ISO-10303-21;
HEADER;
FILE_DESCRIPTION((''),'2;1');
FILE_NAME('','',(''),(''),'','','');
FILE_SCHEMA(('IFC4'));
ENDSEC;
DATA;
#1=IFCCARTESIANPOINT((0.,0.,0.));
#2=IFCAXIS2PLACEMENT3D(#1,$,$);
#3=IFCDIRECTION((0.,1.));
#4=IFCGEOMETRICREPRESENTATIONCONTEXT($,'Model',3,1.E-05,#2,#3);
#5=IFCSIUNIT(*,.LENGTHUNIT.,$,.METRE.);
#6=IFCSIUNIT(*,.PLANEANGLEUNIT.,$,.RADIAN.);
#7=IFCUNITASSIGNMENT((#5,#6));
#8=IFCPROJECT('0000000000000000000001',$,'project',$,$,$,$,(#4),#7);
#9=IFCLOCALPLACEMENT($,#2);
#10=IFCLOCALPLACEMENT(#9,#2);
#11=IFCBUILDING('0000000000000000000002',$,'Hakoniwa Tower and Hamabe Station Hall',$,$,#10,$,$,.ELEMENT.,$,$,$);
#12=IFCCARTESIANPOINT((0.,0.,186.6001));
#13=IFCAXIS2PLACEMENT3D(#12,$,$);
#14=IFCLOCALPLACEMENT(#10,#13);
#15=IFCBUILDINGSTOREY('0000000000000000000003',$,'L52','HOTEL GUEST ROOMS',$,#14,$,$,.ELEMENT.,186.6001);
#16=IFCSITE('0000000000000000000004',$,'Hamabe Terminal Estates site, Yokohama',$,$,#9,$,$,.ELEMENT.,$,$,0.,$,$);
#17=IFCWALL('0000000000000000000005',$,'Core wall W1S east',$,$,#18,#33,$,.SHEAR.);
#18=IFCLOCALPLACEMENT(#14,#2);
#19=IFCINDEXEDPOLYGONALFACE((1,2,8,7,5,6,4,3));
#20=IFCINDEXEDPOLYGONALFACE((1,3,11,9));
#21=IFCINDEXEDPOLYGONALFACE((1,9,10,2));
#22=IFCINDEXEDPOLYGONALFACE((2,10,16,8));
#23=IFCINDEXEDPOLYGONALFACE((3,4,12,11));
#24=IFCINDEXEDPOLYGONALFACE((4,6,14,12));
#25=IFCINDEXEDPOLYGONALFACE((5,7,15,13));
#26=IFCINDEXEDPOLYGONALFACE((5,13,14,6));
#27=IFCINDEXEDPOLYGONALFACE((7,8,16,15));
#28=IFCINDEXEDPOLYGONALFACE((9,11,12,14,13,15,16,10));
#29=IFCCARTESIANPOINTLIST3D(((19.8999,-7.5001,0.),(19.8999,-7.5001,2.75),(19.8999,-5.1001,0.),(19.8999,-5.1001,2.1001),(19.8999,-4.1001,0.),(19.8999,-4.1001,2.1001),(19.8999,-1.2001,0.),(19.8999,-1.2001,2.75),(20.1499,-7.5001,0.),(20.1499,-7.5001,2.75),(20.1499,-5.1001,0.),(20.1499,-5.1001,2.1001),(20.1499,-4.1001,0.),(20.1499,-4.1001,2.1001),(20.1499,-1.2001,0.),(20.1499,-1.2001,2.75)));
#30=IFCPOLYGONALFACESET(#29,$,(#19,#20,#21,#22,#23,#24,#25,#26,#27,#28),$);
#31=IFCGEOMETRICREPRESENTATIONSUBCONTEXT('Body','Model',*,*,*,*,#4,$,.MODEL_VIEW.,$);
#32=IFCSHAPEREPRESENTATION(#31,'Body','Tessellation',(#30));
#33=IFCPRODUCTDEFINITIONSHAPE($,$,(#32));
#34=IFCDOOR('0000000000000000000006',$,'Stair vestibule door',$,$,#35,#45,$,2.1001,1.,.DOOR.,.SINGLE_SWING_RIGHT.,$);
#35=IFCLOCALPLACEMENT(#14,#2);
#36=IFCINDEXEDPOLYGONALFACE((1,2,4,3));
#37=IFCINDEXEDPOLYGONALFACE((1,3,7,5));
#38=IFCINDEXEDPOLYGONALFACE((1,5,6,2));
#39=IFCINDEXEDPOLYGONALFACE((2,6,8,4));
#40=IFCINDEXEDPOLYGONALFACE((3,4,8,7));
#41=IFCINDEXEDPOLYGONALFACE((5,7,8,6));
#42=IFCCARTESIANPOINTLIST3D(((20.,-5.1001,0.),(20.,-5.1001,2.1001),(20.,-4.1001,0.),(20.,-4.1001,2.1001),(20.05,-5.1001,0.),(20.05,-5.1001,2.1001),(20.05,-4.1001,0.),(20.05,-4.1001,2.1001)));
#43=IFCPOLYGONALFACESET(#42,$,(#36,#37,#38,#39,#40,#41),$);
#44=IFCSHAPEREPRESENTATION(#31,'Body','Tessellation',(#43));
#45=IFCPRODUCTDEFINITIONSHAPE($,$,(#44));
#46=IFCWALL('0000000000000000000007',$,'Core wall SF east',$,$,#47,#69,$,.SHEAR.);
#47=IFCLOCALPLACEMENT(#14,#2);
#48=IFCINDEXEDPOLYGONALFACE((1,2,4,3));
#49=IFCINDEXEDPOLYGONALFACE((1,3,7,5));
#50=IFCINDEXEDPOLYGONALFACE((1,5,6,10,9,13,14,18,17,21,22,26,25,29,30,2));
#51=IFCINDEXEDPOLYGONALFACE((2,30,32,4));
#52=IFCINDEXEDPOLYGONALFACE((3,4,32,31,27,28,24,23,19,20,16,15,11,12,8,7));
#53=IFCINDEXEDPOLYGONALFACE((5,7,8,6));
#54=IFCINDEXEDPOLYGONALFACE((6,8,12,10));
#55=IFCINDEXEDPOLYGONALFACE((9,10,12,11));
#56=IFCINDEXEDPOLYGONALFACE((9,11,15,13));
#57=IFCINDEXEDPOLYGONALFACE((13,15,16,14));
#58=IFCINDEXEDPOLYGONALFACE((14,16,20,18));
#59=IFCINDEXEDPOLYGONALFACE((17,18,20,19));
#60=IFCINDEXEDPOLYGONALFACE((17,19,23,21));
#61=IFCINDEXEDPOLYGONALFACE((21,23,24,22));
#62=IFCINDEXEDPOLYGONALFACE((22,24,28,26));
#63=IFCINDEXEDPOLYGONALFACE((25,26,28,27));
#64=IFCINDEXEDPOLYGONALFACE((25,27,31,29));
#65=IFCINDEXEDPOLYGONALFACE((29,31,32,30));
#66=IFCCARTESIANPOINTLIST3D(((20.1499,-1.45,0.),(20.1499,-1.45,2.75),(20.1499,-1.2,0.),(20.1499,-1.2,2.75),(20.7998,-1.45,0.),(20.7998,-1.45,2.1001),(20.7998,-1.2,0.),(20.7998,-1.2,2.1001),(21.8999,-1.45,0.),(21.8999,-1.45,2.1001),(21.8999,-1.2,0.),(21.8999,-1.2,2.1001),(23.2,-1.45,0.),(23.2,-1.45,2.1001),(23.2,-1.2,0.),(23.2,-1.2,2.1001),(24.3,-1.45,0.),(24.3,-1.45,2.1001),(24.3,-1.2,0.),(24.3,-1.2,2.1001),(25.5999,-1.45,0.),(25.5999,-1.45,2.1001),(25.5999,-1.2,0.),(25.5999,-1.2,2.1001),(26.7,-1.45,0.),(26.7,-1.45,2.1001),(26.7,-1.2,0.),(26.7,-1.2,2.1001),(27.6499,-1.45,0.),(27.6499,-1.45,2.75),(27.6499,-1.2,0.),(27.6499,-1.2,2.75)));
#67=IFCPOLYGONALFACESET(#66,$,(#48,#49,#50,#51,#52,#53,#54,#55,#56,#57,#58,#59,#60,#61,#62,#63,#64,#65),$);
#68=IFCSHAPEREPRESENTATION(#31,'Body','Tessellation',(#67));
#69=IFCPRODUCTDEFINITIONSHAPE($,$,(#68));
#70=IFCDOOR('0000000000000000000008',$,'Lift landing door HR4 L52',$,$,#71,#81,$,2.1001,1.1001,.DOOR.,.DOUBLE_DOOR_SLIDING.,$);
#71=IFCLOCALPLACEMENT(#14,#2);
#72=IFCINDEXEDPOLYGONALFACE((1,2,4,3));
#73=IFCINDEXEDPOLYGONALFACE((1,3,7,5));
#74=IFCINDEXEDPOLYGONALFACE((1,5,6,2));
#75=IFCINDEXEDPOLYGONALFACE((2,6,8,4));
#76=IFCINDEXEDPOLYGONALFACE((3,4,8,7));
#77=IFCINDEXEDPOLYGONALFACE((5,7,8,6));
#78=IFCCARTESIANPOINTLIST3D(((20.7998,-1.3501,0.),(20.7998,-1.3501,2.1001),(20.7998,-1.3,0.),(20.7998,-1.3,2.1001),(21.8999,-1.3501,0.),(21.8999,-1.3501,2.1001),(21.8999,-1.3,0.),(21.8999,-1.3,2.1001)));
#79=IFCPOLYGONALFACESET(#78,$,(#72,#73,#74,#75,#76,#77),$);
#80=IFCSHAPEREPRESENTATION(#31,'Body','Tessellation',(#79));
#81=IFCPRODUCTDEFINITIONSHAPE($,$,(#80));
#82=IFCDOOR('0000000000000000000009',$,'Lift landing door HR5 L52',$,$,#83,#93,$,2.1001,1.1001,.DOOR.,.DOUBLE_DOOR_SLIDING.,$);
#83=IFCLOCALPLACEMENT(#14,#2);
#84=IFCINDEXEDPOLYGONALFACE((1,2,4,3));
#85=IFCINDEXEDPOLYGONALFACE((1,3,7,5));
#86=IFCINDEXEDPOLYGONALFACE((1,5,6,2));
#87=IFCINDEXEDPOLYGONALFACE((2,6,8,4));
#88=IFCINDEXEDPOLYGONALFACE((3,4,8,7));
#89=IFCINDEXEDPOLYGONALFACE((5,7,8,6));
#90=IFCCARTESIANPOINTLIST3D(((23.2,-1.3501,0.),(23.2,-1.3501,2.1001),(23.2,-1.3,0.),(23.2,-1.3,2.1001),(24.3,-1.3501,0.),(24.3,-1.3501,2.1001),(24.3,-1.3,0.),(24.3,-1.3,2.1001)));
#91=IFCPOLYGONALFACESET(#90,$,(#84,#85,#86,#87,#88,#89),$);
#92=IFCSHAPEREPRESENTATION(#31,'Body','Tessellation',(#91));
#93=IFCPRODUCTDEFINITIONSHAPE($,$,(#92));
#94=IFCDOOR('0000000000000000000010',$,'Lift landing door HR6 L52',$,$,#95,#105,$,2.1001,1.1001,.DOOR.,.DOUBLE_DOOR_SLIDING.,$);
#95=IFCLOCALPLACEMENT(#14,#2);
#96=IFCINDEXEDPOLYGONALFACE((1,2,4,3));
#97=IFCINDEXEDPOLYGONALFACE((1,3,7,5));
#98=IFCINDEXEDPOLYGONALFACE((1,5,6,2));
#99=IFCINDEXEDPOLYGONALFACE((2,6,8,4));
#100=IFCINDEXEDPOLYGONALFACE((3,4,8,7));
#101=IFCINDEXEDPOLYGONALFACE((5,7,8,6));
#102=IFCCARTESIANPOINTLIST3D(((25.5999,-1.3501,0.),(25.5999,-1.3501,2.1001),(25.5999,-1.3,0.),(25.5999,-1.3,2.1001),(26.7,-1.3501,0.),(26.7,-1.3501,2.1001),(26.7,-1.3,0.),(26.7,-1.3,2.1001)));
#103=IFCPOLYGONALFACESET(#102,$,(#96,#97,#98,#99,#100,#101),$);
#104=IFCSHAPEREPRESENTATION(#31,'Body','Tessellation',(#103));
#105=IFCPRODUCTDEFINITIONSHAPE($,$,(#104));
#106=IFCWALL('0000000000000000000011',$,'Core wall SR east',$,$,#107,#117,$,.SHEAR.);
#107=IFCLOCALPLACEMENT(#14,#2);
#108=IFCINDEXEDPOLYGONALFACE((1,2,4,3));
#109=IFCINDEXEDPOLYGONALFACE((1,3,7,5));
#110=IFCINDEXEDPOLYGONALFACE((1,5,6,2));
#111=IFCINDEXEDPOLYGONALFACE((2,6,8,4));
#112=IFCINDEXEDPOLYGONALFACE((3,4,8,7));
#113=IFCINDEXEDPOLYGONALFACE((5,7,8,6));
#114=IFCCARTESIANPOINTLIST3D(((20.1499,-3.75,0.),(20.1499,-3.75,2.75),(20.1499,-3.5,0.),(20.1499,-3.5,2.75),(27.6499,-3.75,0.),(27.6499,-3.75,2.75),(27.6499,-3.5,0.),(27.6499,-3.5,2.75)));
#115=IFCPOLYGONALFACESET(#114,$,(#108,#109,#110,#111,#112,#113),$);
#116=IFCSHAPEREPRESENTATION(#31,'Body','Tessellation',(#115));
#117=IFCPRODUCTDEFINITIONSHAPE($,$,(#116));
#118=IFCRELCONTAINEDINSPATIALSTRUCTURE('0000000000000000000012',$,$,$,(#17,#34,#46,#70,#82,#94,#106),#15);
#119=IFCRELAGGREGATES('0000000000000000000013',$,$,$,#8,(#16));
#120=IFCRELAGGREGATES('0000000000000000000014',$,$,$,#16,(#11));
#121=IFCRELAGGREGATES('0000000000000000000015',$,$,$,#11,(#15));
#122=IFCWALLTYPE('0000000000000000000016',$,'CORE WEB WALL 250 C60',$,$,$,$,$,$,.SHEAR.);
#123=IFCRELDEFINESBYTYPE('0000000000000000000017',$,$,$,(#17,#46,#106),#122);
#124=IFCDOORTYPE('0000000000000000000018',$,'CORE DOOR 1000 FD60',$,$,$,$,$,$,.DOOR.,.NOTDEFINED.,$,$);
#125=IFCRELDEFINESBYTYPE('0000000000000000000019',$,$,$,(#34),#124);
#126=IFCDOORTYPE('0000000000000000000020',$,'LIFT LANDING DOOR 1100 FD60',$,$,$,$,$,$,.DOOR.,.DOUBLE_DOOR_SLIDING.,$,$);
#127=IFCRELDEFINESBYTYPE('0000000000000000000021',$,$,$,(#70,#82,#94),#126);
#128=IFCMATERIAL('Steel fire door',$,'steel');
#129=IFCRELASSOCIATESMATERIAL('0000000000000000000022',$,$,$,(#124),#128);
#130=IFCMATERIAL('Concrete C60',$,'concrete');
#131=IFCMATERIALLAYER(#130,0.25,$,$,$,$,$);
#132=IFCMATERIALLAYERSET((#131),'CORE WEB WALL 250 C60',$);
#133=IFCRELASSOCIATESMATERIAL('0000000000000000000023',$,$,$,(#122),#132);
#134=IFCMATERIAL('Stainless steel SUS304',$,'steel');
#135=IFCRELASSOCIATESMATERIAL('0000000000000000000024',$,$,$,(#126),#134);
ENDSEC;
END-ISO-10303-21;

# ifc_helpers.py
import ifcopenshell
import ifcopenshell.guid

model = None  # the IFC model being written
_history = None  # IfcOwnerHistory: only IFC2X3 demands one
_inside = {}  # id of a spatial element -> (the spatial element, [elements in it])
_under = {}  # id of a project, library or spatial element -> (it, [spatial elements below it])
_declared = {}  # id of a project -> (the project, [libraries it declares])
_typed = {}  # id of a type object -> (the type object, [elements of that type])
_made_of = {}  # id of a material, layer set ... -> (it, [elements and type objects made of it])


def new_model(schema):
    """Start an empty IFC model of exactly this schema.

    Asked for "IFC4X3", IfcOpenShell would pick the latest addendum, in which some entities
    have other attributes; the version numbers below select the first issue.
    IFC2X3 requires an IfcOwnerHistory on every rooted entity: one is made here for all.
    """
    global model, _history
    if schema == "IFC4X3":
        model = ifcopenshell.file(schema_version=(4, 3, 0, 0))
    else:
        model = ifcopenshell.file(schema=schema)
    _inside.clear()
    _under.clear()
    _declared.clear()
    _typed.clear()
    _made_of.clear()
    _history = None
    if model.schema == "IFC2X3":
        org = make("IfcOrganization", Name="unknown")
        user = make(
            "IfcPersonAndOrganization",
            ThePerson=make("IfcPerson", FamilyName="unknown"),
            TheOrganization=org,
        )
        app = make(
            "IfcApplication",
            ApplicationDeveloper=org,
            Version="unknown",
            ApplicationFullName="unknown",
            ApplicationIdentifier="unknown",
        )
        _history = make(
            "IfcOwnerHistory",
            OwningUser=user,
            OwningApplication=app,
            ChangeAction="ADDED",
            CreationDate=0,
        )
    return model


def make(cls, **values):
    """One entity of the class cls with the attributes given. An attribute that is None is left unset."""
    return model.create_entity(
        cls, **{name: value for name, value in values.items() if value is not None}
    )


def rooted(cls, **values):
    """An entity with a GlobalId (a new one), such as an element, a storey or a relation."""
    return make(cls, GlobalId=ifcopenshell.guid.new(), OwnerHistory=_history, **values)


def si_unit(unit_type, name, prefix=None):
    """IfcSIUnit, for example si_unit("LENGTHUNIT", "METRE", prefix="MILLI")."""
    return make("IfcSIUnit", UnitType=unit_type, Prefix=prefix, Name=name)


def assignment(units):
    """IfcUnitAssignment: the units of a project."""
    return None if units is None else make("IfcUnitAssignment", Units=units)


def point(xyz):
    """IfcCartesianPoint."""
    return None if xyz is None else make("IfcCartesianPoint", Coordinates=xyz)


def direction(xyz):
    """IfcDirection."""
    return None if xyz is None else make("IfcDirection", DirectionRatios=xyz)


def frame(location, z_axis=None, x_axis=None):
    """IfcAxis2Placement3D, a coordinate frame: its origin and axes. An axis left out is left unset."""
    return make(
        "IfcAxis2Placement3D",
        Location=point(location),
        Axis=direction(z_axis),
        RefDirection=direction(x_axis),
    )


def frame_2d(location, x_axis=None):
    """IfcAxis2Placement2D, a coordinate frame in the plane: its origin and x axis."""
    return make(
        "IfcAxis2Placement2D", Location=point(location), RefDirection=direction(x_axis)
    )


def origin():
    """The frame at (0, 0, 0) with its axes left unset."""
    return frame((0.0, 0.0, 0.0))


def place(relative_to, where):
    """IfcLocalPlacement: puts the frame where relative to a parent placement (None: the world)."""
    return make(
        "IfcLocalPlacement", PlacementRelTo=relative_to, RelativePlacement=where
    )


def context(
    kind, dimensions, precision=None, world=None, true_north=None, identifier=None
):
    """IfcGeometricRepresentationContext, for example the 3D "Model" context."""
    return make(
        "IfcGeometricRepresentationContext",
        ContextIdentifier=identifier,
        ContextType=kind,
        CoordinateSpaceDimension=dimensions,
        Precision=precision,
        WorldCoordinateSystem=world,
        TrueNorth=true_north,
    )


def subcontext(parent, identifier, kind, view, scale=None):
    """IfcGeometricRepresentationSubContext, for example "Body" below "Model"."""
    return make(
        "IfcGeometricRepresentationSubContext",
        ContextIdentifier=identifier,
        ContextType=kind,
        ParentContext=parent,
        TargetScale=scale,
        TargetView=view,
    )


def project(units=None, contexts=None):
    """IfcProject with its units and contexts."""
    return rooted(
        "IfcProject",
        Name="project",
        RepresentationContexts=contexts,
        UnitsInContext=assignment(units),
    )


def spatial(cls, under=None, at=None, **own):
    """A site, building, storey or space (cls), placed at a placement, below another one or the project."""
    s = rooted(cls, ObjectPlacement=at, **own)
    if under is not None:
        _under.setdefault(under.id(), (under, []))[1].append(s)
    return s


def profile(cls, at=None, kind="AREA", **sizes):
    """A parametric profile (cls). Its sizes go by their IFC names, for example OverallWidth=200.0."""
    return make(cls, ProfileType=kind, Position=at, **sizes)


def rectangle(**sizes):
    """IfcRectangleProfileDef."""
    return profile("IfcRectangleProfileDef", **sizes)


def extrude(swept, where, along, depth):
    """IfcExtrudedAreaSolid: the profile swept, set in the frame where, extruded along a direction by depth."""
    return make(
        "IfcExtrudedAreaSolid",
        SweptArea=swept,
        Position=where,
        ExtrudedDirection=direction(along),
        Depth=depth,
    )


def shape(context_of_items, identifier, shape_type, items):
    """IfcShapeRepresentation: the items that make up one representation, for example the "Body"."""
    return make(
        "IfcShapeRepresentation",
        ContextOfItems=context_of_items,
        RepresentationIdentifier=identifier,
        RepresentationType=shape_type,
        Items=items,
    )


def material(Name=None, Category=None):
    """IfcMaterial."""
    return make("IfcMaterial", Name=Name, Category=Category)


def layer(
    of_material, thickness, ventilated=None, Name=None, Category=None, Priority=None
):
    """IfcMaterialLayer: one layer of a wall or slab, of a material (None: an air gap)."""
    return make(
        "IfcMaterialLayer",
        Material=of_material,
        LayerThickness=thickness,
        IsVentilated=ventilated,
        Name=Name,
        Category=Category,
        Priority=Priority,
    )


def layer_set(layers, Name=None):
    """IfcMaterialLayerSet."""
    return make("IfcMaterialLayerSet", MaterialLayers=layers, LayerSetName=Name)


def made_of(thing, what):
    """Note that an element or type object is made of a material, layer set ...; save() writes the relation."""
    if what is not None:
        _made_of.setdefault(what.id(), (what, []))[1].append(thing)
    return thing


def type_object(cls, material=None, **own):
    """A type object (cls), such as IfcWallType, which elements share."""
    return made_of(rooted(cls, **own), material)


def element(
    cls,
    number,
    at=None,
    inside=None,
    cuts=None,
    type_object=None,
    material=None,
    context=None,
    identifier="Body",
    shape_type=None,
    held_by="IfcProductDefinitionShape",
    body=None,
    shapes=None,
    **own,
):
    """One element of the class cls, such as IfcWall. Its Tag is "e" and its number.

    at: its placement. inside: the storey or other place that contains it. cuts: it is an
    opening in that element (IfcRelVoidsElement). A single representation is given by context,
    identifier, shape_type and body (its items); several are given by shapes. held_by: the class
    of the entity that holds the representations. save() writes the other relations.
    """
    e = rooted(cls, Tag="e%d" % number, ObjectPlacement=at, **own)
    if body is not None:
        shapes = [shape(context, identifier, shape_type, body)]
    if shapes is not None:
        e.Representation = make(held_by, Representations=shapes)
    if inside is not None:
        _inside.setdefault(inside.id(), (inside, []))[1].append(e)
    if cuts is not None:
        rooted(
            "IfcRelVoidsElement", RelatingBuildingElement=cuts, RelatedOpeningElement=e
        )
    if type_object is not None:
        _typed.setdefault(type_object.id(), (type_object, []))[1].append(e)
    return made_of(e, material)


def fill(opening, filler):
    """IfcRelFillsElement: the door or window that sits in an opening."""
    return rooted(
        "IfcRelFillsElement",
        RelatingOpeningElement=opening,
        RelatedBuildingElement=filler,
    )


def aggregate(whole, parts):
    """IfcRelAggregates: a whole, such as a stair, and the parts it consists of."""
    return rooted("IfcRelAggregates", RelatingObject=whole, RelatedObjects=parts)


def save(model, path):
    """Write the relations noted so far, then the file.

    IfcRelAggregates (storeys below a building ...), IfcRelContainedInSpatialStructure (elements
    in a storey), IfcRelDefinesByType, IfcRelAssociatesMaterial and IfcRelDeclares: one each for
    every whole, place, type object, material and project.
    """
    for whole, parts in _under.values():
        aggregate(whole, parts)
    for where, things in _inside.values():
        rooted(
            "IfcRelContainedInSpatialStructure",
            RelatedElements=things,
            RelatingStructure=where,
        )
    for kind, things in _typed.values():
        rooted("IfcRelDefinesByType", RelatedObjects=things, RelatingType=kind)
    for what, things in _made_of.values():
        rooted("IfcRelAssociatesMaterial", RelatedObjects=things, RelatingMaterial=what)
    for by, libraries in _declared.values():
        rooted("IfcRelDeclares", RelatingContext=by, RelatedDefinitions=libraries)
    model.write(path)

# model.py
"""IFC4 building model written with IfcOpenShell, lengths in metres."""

from ifc_helpers import new_model, si_unit, direction, frame, frame_2d, origin, place, context, subcontext, project, spatial, rectangle, extrude, material, layer, layer_set, type_object, element, fill, save


model = new_model("IFC4")

# Units and contexts
model_context = context("Model", 3, precision=1e-05, world=origin(), true_north=direction((0.0, 1.0)))
body_context = subcontext(model_context, "Body", "Model", "MODEL_VIEW")
ifc_project = project(units=[si_unit("LENGTHUNIT", "METRE"), si_unit("PLANEANGLEUNIT", "RADIAN")], contexts=[model_context])

# Site, building, storey
site_placement = place(None, origin())
site = spatial("IfcSite", under=ifc_project, at=site_placement, Name="Hamabe Terminal Estates site, Yokohama", CompositionType="ELEMENT", RefElevation=0.0)
building_placement = place(site_placement, origin())
building = spatial("IfcBuilding", under=site, at=building_placement, Name="Hakoniwa Tower and Hamabe Station Hall", CompositionType="ELEMENT")
storey_placement = place(building_placement, frame((0.0, 0.0, 186.6001)))
storey = spatial("IfcBuildingStorey", under=building, at=storey_placement, Name="L52", Description="HOTEL GUEST ROOMS", CompositionType="ELEMENT", Elevation=186.6001)

# Wall, opening, door
ifc_material_1 = material(Name="Steel fire door", Category="steel")
door_type_1 = type_object("IfcDoorType", Name="CORE DOOR 1000 FD60", OperationType="NOTDEFINED", PredefinedType="DOOR", material=ifc_material_1)
ifc_material_2 = material(Name="Concrete C60", Category="concrete")
ifc_layer_1 = layer(ifc_material_2, 0.25)
ifc_layer_set_1 = layer_set([ifc_layer_1], Name="CORE WEB WALL 250 C60")
wall_type_1 = type_object("IfcWallType", Name="CORE WEB WALL 250 C60", PredefinedType="SHEAR", material=ifc_layer_set_1)
wall_1_placement = place(storey_placement, frame((20.0249, -7.5, 0.0), z_axis=(0.0, 0.0, 1.0), x_axis=(0.0, 1.0, 0.0)))
wall_1 = element("IfcWall", 1, at=wall_1_placement, inside=storey, type_object=wall_type_1, Name="Core wall W1S east", PredefinedType="SHEAR", context=body_context, shape_type="SweptSolid", body=[
    extrude(rectangle(XDim=6.3, YDim=0.25, at=frame_2d((3.1499, 0.0))), origin(), (0.0, 0.0, 1.0), 2.75),
])
opening_1_placement = place(wall_1_placement, frame((2.3999, 0.0, 0.0)))
opening_1 = element("IfcOpeningElement", 2, at=opening_1_placement, cuts=wall_1, PredefinedType="OPENING", context=body_context, shape_type="SweptSolid", body=[
    extrude(rectangle(XDim=1.0, YDim=2.1001, at=frame_2d((0.5, 1.05))), frame((0.0, 0.135, 0.0), z_axis=(0.0, -1.0, 0.0), x_axis=(1.0, 0.0, 0.0)), (0.0, 0.0, 1.0), 0.27),
])
door_1_placement = place(opening_1_placement, origin())
door_1 = element("IfcDoor", 3, at=door_1_placement, inside=storey, type_object=door_type_1, Name="Stair vestibule door", OperationType="SINGLE_SWING_RIGHT", OverallHeight=2.1001, OverallWidth=1.0, PredefinedType="DOOR", context=body_context, shape_type="SweptSolid", body=[
    extrude(rectangle(XDim=1.0, YDim=2.1001, at=frame_2d((0.5, 1.05))), frame((0.0, 0.0249, 0.0), z_axis=(0.0, -1.0, 0.0), x_axis=(1.0, 0.0, 0.0)), (0.0, 0.0, 1.0), 0.05),
])
fill(opening_1, door_1)

# Wall, openings, doors
wall_2_placement = place(storey_placement, frame((20.1499, -1.325, 0.0), z_axis=(0.0, 0.0, 1.0), x_axis=(1.0, 0.0, 0.0)))
wall_2 = element("IfcWall", 4, at=wall_2_placement, inside=storey, type_object=wall_type_1, Name="Core wall SF east", PredefinedType="SHEAR", context=body_context, shape_type="SweptSolid", body=[
    extrude(rectangle(XDim=7.5, YDim=0.25, at=frame_2d((3.75, 0.0))), origin(), (0.0, 0.0, 1.0), 2.75),
])
opening_2_placement = place(wall_2_placement, frame((0.6499, 0.0, 0.0)))
opening_2 = element("IfcOpeningElement", 5, at=opening_2_placement, cuts=wall_2, PredefinedType="OPENING", context=body_context, shape_type="SweptSolid", body=[
    extrude(rectangle(XDim=1.1001, YDim=2.1001, at=frame_2d((0.55, 1.05))), frame((0.0, 0.135, 0.0), z_axis=(0.0, -1.0, 0.0), x_axis=(1.0, 0.0, 0.0)), (0.0, 0.0, 1.0), 0.27),
])
opening_3_placement = place(wall_2_placement, frame((3.05, 0.0, 0.0)))
opening_3 = element("IfcOpeningElement", 6, at=opening_3_placement, cuts=wall_2, PredefinedType="OPENING", context=body_context, shape_type="SweptSolid", body=[
    extrude(rectangle(XDim=1.1001, YDim=2.1001, at=frame_2d((0.55, 1.05))), frame((0.0, 0.135, 0.0), z_axis=(0.0, -1.0, 0.0), x_axis=(1.0, 0.0, 0.0)), (0.0, 0.0, 1.0), 0.27),
])
opening_4_placement = place(wall_2_placement, frame((5.45, 0.0, 0.0)))
opening_4 = element("IfcOpeningElement", 7, at=opening_4_placement, cuts=wall_2, PredefinedType="OPENING", context=body_context, shape_type="SweptSolid", body=[
    extrude(rectangle(XDim=1.1001, YDim=2.1001, at=frame_2d((0.55, 1.05))), frame((0.0, 0.135, 0.0), z_axis=(0.0, -1.0, 0.0), x_axis=(1.0, 0.0, 0.0)), (0.0, 0.0, 1.0), 0.27),
])
ifc_material_3 = material(Name="Stainless steel SUS304", Category="steel")
door_type_2 = type_object("IfcDoorType", Name="LIFT LANDING DOOR 1100 FD60", OperationType="DOUBLE_DOOR_SLIDING", PredefinedType="DOOR", material=ifc_material_3)
door_2_placement = place(opening_2_placement, origin())
door_2 = element("IfcDoor", 8, at=door_2_placement, inside=storey, type_object=door_type_2, Name="Lift landing door HR4 L52", OperationType="DOUBLE_DOOR_SLIDING", OverallHeight=2.1001, OverallWidth=1.1001, PredefinedType="DOOR", context=body_context, shape_type="SweptSolid", body=[
    extrude(rectangle(XDim=1.1001, YDim=2.1001, at=frame_2d((0.55, 1.05))), frame((0.0, 0.0249, 0.0), z_axis=(0.0, -1.0, 0.0), x_axis=(1.0, 0.0, 0.0)), (0.0, 0.0, 1.0), 0.05),
])
fill(opening_2, door_2)
door_3_placement = place(opening_3_placement, origin())
door_3 = element("IfcDoor", 9, at=door_3_placement, inside=storey, type_object=door_type_2, Name="Lift landing door HR5 L52", OperationType="DOUBLE_DOOR_SLIDING", OverallHeight=2.1001, OverallWidth=1.1001, PredefinedType="DOOR", context=body_context, shape_type="SweptSolid", body=[
    extrude(rectangle(XDim=1.1001, YDim=2.1001, at=frame_2d((0.55, 1.05))), frame((0.0, 0.0249, 0.0), z_axis=(0.0, -1.0, 0.0), x_axis=(1.0, 0.0, 0.0)), (0.0, 0.0, 1.0), 0.05),
])
fill(opening_3, door_3)
door_4_placement = place(opening_4_placement, origin())
door_4 = element("IfcDoor", 10, at=door_4_placement, inside=storey, type_object=door_type_2, Name="Lift landing door HR6 L52", OperationType="DOUBLE_DOOR_SLIDING", OverallHeight=2.1001, OverallWidth=1.1001, PredefinedType="DOOR", context=body_context, shape_type="SweptSolid", body=[
    extrude(rectangle(XDim=1.1001, YDim=2.1001, at=frame_2d((0.55, 1.05))), frame((0.0, 0.0249, 0.0), z_axis=(0.0, -1.0, 0.0), x_axis=(1.0, 0.0, 0.0)), (0.0, 0.0, 1.0), 0.05),
])
fill(opening_4, door_4)

# Wall
wall_3_placement = place(storey_placement, frame((20.1499, -3.625, 0.0), z_axis=(0.0, 0.0, 1.0), x_axis=(1.0, 0.0, 0.0)))
element("IfcWall", 11, at=wall_3_placement, inside=storey, type_object=wall_type_1, Name="Core wall SR east", PredefinedType="SHEAR", context=body_context, shape_type="SweptSolid", body=[
    extrude(rectangle(XDim=7.5, YDim=0.25, at=frame_2d((3.75, 0.0))), origin(), (0.0, 0.0, 1.0), 2.75),
])

save(model, "model.ifc")
